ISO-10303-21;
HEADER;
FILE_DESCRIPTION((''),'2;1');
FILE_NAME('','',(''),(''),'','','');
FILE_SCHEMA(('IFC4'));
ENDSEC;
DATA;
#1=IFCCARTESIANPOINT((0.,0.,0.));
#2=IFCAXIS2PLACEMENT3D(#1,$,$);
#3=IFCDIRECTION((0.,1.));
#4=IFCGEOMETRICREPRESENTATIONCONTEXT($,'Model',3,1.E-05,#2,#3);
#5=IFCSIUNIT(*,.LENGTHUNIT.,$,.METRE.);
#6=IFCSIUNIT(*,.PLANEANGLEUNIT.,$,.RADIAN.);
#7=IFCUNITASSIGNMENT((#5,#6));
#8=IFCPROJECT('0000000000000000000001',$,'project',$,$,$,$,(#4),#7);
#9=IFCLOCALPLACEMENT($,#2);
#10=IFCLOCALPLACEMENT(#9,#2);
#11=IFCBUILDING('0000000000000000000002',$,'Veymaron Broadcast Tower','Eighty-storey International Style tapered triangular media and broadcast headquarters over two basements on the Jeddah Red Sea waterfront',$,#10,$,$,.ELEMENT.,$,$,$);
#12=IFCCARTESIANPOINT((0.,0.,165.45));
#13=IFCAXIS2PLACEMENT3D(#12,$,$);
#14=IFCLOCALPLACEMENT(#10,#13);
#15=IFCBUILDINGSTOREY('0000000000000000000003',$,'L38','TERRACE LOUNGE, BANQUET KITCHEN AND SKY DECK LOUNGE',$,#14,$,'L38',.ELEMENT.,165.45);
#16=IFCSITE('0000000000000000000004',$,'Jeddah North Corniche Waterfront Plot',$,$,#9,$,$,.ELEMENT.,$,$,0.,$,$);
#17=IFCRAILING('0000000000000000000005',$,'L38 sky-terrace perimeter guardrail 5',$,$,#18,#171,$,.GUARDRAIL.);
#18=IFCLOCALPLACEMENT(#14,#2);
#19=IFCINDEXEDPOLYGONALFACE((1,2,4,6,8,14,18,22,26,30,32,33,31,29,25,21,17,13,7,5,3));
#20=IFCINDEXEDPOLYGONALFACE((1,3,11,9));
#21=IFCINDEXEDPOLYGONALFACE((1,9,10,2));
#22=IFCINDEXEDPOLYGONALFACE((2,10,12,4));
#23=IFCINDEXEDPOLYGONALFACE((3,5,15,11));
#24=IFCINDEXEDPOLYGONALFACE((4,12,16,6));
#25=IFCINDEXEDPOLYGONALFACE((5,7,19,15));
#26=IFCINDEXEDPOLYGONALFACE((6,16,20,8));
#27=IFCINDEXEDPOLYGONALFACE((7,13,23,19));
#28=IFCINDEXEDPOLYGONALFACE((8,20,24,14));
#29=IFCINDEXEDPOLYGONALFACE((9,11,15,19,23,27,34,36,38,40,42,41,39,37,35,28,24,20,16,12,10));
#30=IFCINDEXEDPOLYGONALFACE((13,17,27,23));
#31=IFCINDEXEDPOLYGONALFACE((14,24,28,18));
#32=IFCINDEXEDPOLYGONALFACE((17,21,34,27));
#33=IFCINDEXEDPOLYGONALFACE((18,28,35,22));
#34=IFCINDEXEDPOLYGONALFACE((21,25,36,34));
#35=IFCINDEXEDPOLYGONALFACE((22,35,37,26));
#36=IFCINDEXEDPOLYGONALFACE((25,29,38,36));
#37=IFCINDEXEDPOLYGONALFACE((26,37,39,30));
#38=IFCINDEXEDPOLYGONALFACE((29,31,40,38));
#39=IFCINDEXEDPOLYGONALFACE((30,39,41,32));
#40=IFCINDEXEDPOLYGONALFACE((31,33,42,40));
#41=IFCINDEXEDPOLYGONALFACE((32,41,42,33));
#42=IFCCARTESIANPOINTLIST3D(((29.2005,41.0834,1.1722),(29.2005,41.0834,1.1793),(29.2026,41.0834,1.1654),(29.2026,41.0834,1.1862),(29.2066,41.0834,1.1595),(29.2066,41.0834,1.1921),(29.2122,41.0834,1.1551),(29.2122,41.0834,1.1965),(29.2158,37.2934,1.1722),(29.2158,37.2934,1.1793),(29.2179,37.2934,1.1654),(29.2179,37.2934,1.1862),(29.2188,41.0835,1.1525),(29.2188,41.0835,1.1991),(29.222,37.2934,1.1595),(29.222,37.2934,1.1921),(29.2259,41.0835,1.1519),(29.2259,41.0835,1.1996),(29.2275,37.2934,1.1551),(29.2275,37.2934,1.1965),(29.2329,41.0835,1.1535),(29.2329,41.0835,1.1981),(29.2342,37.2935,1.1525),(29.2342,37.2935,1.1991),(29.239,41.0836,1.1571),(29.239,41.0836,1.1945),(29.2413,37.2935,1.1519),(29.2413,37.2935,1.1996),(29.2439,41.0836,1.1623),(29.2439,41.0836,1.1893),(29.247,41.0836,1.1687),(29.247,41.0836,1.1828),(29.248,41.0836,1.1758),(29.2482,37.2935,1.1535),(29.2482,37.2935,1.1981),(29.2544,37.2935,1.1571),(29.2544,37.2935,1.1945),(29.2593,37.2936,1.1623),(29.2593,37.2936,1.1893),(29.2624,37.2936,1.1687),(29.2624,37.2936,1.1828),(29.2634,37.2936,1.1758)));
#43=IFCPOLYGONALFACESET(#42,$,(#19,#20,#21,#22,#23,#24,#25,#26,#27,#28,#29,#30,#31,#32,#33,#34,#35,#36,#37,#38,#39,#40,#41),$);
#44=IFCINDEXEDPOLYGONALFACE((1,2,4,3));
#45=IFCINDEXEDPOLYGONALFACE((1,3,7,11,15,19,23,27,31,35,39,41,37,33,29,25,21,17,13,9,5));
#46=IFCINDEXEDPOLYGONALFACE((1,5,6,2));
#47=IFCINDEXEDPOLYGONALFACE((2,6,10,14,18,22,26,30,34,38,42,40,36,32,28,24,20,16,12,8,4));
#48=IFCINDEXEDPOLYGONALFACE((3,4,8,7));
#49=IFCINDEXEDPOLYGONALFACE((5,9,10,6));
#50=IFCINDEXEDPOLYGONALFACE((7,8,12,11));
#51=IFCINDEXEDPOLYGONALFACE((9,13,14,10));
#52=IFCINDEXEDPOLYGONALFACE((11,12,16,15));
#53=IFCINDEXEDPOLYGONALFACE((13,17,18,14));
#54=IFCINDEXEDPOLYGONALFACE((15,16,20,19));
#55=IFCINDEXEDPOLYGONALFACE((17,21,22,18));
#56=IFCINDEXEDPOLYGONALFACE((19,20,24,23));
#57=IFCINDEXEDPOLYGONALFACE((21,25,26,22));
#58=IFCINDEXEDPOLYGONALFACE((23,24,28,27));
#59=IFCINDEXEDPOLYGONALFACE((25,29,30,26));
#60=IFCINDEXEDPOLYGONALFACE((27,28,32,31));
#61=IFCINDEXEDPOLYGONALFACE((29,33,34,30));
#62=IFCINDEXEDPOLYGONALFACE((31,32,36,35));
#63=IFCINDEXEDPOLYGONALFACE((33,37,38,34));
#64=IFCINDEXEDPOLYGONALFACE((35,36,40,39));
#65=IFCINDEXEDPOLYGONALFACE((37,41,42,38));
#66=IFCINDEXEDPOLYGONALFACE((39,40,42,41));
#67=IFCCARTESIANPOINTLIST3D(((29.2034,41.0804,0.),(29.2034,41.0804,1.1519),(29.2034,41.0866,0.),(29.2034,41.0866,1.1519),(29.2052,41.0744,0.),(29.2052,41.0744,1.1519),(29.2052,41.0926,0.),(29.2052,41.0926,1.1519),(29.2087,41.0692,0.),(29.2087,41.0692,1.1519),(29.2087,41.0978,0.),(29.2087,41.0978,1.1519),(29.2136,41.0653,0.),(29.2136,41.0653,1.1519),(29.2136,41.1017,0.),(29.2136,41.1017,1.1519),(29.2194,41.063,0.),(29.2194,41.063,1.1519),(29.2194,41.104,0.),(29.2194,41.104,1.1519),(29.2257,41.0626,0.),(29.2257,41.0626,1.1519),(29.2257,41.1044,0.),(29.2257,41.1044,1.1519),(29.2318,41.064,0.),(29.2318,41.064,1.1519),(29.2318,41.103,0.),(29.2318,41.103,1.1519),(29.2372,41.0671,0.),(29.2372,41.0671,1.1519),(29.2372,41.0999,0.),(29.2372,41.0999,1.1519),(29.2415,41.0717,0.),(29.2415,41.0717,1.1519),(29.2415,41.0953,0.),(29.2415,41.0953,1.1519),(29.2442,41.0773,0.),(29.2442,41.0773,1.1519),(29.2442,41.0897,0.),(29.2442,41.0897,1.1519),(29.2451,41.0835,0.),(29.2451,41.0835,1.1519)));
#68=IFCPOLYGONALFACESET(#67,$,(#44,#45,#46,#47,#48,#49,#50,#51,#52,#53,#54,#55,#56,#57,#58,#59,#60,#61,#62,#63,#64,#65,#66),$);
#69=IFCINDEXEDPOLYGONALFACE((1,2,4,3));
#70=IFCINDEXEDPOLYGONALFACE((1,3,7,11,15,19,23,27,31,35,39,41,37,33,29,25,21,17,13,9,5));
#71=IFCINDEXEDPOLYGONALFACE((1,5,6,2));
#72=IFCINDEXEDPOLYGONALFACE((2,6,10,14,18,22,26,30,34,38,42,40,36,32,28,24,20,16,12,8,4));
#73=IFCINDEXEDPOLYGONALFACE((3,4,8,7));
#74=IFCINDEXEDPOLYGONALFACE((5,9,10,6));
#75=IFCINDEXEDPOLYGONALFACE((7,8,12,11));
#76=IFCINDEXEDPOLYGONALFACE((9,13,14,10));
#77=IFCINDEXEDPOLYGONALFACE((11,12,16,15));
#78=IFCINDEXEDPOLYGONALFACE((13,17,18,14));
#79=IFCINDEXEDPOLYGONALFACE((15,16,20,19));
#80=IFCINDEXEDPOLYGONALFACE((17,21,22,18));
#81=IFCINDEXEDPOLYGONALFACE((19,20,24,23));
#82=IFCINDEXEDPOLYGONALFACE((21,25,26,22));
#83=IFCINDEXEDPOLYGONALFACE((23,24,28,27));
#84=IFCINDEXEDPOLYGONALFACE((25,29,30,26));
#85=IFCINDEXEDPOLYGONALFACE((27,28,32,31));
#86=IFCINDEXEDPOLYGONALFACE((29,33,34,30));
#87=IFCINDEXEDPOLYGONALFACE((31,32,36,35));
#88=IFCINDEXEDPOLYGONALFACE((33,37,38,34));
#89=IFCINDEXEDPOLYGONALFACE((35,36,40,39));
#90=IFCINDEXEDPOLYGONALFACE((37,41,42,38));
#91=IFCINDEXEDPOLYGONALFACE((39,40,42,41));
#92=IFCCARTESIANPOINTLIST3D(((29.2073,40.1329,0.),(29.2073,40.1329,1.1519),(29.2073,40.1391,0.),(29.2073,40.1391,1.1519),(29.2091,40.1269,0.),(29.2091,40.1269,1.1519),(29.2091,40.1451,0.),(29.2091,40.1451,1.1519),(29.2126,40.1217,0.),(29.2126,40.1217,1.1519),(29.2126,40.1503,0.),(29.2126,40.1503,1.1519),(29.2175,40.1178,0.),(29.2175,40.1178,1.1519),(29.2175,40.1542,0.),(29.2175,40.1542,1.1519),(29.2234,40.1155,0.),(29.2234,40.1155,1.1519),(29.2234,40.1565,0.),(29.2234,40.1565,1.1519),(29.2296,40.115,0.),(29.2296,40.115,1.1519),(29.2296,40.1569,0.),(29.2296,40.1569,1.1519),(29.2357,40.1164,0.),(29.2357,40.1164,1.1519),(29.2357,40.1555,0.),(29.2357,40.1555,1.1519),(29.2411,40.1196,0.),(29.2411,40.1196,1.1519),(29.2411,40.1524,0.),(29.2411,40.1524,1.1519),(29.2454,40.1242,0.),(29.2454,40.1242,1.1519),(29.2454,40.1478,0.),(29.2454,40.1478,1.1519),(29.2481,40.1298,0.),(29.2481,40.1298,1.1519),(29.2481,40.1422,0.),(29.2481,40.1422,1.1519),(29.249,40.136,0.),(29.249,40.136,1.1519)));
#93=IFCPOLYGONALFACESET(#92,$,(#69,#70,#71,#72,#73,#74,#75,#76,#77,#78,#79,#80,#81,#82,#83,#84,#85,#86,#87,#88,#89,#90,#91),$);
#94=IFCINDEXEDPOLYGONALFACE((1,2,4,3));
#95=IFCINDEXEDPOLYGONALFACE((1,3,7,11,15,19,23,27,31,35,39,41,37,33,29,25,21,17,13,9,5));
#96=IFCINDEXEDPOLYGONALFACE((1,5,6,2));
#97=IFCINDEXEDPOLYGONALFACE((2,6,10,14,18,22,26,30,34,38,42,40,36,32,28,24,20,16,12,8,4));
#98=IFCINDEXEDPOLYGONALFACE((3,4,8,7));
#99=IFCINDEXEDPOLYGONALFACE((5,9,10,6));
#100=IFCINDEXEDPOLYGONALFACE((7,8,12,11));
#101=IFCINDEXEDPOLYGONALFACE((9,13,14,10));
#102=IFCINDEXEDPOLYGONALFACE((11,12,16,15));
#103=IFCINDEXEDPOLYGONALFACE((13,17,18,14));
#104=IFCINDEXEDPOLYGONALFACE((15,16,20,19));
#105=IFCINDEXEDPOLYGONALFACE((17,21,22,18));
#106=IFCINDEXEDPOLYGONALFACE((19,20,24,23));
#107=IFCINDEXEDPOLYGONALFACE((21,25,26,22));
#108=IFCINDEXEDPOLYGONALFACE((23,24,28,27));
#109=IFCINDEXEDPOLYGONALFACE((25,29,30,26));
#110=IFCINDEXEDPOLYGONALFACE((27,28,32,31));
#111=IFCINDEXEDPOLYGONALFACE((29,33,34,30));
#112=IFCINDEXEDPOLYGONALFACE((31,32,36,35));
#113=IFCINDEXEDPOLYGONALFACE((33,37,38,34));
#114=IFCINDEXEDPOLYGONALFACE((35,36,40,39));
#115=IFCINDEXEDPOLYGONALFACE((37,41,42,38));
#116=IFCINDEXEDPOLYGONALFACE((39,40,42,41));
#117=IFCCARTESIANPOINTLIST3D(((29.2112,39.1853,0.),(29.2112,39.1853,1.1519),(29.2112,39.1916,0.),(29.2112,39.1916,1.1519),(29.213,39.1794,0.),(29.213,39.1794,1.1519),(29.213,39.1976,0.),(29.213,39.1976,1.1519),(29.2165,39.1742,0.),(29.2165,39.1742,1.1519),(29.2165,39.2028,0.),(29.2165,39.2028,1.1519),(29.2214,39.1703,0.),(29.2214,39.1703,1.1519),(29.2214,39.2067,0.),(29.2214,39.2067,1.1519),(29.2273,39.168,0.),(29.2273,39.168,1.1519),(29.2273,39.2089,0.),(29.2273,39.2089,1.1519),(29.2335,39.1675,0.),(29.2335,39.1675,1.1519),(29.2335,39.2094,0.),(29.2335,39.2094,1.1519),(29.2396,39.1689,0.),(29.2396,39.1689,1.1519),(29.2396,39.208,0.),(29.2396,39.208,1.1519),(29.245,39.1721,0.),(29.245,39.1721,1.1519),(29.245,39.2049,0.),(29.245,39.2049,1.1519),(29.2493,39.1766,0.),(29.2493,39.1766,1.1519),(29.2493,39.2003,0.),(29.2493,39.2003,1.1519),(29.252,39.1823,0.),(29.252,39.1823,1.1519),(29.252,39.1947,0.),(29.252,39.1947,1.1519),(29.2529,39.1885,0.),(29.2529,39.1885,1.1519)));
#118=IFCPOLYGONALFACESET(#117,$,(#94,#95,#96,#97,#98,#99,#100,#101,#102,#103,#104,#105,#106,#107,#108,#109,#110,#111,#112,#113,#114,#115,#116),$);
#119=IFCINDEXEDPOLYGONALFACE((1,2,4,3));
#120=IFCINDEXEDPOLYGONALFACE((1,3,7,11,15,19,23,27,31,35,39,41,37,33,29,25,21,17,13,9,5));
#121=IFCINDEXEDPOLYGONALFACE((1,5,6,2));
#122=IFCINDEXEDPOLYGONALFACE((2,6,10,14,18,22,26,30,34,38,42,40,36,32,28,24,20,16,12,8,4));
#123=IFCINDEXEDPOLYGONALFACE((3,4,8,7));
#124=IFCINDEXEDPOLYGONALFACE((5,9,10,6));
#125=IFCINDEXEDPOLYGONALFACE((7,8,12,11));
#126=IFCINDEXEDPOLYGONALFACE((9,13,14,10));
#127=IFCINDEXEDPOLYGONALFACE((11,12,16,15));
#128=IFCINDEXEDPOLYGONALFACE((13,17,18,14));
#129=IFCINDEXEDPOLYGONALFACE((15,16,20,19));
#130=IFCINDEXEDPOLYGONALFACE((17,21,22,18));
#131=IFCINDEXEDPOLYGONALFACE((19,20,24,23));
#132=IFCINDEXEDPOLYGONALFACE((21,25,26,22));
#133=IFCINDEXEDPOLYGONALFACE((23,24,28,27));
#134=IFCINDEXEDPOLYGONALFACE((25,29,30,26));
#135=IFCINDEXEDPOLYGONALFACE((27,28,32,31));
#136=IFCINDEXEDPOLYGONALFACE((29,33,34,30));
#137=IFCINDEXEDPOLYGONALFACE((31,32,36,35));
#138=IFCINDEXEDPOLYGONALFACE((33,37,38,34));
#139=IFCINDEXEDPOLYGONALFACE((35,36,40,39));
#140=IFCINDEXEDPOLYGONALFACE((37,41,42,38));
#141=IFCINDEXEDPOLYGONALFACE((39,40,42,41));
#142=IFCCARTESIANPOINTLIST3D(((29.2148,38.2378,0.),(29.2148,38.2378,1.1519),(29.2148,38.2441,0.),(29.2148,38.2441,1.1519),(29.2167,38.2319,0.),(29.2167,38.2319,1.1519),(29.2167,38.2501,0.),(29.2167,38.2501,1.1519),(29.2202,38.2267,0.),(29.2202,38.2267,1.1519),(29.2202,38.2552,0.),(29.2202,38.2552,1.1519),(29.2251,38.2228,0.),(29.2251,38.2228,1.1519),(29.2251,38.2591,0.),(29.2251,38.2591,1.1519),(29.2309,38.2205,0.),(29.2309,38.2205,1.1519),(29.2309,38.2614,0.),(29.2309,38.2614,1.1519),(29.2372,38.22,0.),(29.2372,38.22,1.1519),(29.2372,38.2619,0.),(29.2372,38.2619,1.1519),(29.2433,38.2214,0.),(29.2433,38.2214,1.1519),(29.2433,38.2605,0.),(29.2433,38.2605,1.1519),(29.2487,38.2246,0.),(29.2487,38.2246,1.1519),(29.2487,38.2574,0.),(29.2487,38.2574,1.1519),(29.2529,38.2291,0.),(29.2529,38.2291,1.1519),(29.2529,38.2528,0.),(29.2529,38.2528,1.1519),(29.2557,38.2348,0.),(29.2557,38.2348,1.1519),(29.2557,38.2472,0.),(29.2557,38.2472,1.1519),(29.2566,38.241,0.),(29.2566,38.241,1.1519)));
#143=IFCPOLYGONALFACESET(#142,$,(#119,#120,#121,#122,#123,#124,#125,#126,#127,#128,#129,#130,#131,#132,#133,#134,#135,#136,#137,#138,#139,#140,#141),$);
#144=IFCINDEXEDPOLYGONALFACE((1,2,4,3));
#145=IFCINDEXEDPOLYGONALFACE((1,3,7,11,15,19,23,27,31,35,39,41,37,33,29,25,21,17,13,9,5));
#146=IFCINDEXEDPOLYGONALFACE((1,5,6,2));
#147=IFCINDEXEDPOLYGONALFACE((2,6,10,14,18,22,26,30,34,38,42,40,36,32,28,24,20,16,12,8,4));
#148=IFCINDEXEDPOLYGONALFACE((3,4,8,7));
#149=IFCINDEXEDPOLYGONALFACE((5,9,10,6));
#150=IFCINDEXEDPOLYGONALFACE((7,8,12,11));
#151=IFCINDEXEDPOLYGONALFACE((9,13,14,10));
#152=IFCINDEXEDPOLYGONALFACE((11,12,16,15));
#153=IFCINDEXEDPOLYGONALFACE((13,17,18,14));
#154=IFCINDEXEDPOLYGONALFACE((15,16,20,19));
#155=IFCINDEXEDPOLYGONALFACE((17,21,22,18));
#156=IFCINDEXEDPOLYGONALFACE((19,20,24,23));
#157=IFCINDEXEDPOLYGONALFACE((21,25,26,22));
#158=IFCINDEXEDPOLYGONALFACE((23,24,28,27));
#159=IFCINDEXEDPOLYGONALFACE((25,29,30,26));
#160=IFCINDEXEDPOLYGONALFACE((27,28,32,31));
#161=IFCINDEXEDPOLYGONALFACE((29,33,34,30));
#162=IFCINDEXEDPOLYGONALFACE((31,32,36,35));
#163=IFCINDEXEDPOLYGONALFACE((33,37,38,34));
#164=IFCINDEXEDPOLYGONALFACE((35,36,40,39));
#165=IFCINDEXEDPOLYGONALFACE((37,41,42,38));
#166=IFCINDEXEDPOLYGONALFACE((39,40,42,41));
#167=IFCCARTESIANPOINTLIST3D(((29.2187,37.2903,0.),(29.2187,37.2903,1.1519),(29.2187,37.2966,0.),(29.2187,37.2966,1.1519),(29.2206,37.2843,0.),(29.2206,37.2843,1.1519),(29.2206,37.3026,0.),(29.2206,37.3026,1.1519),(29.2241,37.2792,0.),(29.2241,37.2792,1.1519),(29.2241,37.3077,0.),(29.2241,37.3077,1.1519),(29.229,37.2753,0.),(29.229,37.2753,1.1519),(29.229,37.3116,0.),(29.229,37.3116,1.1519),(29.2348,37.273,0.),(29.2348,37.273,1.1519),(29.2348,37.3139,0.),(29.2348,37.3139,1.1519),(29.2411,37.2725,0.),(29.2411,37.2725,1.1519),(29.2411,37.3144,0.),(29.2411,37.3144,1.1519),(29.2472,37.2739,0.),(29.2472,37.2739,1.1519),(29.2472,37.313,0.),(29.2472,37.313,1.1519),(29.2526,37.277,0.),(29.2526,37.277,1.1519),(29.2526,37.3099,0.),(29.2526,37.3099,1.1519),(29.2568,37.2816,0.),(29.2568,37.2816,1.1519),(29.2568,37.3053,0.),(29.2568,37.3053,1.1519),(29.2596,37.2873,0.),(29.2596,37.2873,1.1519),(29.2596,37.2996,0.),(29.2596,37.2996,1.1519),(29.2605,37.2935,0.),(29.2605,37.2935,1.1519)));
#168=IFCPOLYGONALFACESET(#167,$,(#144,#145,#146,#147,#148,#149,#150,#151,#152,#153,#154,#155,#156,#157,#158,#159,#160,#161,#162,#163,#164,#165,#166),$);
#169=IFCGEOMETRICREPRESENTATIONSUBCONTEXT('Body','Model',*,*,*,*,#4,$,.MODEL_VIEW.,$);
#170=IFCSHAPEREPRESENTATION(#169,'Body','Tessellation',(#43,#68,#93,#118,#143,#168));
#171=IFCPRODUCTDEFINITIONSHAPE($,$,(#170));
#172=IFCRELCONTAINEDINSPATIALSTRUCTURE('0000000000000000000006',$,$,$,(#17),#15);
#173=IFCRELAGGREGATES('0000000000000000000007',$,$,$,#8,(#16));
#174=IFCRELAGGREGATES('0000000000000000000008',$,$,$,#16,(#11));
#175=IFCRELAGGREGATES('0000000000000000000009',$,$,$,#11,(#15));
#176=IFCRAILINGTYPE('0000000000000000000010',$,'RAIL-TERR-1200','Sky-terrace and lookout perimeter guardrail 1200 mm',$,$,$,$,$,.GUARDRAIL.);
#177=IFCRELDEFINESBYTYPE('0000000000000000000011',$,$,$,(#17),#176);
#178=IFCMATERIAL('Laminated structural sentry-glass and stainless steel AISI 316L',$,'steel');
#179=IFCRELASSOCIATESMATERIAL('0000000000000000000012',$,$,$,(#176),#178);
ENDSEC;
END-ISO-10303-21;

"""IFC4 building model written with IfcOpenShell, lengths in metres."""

from ifc_helpers import new_model, si_unit, direction, frame, origin, origin_2d, place, context, subcontext, project, spatial, circle, extrude, material, type_object, element, save


model = new_model("IFC4")

# Units and contexts
model_context = context("Model", 3, precision=1e-05, world=origin(), true_north=direction((0.0, 1.0)))
body_context = subcontext(model_context, "Body", "Model", "MODEL_VIEW")
ifc_project = project(units=[si_unit("LENGTHUNIT", "METRE"), si_unit("PLANEANGLEUNIT", "RADIAN")], contexts=[model_context])

# Site, building, storey
site_placement = place(None, origin())
site = spatial("IfcSite", under=ifc_project, at=site_placement, Name="Jeddah North Corniche Waterfront Plot", CompositionType="ELEMENT", RefElevation=0.0)
building_placement = place(site_placement, origin())
building = spatial("IfcBuilding", under=site, at=building_placement, Name="Veymaron Broadcast Tower", Description="Eighty-storey International Style tapered triangular media and broadcast headquarters over two basements on the Jeddah Red Sea waterfront", CompositionType="ELEMENT")
storey_placement = place(building_placement, frame((0.0, 0.0, 165.45)))
storey = spatial("IfcBuildingStorey", under=building, at=storey_placement, Name="L38", Description="TERRACE LOUNGE, BANQUET KITCHEN AND SKY DECK LOUNGE", LongName="L38", CompositionType="ELEMENT", Elevation=165.45)

# Railing
ifc_material_1 = material(Name="Laminated structural sentry-glass and stainless steel AISI 316L", Category="steel")
railing_type = type_object("IfcRailingType", Name="RAIL-TERR-1200", Description="Sky-terrace and lookout perimeter guardrail 1200 mm", PredefinedType="GUARDRAIL", material=ifc_material_1)
railing_1_placement = place(storey_placement, frame((29.2241, 41.0835, 0.0)))
element("IfcRailing", 1, at=railing_1_placement, inside=storey, type_object=railing_type, Name="L38 sky-terrace perimeter guardrail 5", PredefinedType="GUARDRAIL", context=body_context, shape_type="SweptSolid", body=[
    extrude(circle(Radius=0.0239, at=origin_2d()), frame((0.0, 0.0, 1.1758), z_axis=(0.004058, -0.999992, 0.0), x_axis=(0.999992, 0.004058, 0.0)), (0.0, 0.0, 1.0), 3.79),
    extrude(circle(Radius=0.021, at=origin_2d()), origin(), (0.0, 0.0, 1.0), 1.1519),
    extrude(circle(Radius=0.021, at=origin_2d()), frame((0.0039, -0.9475, 0.0)), (0.0, 0.0, 1.0), 1.1519),
    extrude(circle(Radius=0.021, at=origin_2d()), frame((0.0078, -1.895, 0.0)), (0.0, 0.0, 1.0), 1.1519),
    extrude(circle(Radius=0.021, at=origin_2d()), frame((0.0115, -2.8425, 0.0)), (0.0, 0.0, 1.0), 1.1519),
    extrude(circle(Radius=0.021, at=origin_2d()), frame((0.0154, -3.79, 0.0)), (0.0, 0.0, 1.0), 1.1519),
])

save(model, "model.ifc")
